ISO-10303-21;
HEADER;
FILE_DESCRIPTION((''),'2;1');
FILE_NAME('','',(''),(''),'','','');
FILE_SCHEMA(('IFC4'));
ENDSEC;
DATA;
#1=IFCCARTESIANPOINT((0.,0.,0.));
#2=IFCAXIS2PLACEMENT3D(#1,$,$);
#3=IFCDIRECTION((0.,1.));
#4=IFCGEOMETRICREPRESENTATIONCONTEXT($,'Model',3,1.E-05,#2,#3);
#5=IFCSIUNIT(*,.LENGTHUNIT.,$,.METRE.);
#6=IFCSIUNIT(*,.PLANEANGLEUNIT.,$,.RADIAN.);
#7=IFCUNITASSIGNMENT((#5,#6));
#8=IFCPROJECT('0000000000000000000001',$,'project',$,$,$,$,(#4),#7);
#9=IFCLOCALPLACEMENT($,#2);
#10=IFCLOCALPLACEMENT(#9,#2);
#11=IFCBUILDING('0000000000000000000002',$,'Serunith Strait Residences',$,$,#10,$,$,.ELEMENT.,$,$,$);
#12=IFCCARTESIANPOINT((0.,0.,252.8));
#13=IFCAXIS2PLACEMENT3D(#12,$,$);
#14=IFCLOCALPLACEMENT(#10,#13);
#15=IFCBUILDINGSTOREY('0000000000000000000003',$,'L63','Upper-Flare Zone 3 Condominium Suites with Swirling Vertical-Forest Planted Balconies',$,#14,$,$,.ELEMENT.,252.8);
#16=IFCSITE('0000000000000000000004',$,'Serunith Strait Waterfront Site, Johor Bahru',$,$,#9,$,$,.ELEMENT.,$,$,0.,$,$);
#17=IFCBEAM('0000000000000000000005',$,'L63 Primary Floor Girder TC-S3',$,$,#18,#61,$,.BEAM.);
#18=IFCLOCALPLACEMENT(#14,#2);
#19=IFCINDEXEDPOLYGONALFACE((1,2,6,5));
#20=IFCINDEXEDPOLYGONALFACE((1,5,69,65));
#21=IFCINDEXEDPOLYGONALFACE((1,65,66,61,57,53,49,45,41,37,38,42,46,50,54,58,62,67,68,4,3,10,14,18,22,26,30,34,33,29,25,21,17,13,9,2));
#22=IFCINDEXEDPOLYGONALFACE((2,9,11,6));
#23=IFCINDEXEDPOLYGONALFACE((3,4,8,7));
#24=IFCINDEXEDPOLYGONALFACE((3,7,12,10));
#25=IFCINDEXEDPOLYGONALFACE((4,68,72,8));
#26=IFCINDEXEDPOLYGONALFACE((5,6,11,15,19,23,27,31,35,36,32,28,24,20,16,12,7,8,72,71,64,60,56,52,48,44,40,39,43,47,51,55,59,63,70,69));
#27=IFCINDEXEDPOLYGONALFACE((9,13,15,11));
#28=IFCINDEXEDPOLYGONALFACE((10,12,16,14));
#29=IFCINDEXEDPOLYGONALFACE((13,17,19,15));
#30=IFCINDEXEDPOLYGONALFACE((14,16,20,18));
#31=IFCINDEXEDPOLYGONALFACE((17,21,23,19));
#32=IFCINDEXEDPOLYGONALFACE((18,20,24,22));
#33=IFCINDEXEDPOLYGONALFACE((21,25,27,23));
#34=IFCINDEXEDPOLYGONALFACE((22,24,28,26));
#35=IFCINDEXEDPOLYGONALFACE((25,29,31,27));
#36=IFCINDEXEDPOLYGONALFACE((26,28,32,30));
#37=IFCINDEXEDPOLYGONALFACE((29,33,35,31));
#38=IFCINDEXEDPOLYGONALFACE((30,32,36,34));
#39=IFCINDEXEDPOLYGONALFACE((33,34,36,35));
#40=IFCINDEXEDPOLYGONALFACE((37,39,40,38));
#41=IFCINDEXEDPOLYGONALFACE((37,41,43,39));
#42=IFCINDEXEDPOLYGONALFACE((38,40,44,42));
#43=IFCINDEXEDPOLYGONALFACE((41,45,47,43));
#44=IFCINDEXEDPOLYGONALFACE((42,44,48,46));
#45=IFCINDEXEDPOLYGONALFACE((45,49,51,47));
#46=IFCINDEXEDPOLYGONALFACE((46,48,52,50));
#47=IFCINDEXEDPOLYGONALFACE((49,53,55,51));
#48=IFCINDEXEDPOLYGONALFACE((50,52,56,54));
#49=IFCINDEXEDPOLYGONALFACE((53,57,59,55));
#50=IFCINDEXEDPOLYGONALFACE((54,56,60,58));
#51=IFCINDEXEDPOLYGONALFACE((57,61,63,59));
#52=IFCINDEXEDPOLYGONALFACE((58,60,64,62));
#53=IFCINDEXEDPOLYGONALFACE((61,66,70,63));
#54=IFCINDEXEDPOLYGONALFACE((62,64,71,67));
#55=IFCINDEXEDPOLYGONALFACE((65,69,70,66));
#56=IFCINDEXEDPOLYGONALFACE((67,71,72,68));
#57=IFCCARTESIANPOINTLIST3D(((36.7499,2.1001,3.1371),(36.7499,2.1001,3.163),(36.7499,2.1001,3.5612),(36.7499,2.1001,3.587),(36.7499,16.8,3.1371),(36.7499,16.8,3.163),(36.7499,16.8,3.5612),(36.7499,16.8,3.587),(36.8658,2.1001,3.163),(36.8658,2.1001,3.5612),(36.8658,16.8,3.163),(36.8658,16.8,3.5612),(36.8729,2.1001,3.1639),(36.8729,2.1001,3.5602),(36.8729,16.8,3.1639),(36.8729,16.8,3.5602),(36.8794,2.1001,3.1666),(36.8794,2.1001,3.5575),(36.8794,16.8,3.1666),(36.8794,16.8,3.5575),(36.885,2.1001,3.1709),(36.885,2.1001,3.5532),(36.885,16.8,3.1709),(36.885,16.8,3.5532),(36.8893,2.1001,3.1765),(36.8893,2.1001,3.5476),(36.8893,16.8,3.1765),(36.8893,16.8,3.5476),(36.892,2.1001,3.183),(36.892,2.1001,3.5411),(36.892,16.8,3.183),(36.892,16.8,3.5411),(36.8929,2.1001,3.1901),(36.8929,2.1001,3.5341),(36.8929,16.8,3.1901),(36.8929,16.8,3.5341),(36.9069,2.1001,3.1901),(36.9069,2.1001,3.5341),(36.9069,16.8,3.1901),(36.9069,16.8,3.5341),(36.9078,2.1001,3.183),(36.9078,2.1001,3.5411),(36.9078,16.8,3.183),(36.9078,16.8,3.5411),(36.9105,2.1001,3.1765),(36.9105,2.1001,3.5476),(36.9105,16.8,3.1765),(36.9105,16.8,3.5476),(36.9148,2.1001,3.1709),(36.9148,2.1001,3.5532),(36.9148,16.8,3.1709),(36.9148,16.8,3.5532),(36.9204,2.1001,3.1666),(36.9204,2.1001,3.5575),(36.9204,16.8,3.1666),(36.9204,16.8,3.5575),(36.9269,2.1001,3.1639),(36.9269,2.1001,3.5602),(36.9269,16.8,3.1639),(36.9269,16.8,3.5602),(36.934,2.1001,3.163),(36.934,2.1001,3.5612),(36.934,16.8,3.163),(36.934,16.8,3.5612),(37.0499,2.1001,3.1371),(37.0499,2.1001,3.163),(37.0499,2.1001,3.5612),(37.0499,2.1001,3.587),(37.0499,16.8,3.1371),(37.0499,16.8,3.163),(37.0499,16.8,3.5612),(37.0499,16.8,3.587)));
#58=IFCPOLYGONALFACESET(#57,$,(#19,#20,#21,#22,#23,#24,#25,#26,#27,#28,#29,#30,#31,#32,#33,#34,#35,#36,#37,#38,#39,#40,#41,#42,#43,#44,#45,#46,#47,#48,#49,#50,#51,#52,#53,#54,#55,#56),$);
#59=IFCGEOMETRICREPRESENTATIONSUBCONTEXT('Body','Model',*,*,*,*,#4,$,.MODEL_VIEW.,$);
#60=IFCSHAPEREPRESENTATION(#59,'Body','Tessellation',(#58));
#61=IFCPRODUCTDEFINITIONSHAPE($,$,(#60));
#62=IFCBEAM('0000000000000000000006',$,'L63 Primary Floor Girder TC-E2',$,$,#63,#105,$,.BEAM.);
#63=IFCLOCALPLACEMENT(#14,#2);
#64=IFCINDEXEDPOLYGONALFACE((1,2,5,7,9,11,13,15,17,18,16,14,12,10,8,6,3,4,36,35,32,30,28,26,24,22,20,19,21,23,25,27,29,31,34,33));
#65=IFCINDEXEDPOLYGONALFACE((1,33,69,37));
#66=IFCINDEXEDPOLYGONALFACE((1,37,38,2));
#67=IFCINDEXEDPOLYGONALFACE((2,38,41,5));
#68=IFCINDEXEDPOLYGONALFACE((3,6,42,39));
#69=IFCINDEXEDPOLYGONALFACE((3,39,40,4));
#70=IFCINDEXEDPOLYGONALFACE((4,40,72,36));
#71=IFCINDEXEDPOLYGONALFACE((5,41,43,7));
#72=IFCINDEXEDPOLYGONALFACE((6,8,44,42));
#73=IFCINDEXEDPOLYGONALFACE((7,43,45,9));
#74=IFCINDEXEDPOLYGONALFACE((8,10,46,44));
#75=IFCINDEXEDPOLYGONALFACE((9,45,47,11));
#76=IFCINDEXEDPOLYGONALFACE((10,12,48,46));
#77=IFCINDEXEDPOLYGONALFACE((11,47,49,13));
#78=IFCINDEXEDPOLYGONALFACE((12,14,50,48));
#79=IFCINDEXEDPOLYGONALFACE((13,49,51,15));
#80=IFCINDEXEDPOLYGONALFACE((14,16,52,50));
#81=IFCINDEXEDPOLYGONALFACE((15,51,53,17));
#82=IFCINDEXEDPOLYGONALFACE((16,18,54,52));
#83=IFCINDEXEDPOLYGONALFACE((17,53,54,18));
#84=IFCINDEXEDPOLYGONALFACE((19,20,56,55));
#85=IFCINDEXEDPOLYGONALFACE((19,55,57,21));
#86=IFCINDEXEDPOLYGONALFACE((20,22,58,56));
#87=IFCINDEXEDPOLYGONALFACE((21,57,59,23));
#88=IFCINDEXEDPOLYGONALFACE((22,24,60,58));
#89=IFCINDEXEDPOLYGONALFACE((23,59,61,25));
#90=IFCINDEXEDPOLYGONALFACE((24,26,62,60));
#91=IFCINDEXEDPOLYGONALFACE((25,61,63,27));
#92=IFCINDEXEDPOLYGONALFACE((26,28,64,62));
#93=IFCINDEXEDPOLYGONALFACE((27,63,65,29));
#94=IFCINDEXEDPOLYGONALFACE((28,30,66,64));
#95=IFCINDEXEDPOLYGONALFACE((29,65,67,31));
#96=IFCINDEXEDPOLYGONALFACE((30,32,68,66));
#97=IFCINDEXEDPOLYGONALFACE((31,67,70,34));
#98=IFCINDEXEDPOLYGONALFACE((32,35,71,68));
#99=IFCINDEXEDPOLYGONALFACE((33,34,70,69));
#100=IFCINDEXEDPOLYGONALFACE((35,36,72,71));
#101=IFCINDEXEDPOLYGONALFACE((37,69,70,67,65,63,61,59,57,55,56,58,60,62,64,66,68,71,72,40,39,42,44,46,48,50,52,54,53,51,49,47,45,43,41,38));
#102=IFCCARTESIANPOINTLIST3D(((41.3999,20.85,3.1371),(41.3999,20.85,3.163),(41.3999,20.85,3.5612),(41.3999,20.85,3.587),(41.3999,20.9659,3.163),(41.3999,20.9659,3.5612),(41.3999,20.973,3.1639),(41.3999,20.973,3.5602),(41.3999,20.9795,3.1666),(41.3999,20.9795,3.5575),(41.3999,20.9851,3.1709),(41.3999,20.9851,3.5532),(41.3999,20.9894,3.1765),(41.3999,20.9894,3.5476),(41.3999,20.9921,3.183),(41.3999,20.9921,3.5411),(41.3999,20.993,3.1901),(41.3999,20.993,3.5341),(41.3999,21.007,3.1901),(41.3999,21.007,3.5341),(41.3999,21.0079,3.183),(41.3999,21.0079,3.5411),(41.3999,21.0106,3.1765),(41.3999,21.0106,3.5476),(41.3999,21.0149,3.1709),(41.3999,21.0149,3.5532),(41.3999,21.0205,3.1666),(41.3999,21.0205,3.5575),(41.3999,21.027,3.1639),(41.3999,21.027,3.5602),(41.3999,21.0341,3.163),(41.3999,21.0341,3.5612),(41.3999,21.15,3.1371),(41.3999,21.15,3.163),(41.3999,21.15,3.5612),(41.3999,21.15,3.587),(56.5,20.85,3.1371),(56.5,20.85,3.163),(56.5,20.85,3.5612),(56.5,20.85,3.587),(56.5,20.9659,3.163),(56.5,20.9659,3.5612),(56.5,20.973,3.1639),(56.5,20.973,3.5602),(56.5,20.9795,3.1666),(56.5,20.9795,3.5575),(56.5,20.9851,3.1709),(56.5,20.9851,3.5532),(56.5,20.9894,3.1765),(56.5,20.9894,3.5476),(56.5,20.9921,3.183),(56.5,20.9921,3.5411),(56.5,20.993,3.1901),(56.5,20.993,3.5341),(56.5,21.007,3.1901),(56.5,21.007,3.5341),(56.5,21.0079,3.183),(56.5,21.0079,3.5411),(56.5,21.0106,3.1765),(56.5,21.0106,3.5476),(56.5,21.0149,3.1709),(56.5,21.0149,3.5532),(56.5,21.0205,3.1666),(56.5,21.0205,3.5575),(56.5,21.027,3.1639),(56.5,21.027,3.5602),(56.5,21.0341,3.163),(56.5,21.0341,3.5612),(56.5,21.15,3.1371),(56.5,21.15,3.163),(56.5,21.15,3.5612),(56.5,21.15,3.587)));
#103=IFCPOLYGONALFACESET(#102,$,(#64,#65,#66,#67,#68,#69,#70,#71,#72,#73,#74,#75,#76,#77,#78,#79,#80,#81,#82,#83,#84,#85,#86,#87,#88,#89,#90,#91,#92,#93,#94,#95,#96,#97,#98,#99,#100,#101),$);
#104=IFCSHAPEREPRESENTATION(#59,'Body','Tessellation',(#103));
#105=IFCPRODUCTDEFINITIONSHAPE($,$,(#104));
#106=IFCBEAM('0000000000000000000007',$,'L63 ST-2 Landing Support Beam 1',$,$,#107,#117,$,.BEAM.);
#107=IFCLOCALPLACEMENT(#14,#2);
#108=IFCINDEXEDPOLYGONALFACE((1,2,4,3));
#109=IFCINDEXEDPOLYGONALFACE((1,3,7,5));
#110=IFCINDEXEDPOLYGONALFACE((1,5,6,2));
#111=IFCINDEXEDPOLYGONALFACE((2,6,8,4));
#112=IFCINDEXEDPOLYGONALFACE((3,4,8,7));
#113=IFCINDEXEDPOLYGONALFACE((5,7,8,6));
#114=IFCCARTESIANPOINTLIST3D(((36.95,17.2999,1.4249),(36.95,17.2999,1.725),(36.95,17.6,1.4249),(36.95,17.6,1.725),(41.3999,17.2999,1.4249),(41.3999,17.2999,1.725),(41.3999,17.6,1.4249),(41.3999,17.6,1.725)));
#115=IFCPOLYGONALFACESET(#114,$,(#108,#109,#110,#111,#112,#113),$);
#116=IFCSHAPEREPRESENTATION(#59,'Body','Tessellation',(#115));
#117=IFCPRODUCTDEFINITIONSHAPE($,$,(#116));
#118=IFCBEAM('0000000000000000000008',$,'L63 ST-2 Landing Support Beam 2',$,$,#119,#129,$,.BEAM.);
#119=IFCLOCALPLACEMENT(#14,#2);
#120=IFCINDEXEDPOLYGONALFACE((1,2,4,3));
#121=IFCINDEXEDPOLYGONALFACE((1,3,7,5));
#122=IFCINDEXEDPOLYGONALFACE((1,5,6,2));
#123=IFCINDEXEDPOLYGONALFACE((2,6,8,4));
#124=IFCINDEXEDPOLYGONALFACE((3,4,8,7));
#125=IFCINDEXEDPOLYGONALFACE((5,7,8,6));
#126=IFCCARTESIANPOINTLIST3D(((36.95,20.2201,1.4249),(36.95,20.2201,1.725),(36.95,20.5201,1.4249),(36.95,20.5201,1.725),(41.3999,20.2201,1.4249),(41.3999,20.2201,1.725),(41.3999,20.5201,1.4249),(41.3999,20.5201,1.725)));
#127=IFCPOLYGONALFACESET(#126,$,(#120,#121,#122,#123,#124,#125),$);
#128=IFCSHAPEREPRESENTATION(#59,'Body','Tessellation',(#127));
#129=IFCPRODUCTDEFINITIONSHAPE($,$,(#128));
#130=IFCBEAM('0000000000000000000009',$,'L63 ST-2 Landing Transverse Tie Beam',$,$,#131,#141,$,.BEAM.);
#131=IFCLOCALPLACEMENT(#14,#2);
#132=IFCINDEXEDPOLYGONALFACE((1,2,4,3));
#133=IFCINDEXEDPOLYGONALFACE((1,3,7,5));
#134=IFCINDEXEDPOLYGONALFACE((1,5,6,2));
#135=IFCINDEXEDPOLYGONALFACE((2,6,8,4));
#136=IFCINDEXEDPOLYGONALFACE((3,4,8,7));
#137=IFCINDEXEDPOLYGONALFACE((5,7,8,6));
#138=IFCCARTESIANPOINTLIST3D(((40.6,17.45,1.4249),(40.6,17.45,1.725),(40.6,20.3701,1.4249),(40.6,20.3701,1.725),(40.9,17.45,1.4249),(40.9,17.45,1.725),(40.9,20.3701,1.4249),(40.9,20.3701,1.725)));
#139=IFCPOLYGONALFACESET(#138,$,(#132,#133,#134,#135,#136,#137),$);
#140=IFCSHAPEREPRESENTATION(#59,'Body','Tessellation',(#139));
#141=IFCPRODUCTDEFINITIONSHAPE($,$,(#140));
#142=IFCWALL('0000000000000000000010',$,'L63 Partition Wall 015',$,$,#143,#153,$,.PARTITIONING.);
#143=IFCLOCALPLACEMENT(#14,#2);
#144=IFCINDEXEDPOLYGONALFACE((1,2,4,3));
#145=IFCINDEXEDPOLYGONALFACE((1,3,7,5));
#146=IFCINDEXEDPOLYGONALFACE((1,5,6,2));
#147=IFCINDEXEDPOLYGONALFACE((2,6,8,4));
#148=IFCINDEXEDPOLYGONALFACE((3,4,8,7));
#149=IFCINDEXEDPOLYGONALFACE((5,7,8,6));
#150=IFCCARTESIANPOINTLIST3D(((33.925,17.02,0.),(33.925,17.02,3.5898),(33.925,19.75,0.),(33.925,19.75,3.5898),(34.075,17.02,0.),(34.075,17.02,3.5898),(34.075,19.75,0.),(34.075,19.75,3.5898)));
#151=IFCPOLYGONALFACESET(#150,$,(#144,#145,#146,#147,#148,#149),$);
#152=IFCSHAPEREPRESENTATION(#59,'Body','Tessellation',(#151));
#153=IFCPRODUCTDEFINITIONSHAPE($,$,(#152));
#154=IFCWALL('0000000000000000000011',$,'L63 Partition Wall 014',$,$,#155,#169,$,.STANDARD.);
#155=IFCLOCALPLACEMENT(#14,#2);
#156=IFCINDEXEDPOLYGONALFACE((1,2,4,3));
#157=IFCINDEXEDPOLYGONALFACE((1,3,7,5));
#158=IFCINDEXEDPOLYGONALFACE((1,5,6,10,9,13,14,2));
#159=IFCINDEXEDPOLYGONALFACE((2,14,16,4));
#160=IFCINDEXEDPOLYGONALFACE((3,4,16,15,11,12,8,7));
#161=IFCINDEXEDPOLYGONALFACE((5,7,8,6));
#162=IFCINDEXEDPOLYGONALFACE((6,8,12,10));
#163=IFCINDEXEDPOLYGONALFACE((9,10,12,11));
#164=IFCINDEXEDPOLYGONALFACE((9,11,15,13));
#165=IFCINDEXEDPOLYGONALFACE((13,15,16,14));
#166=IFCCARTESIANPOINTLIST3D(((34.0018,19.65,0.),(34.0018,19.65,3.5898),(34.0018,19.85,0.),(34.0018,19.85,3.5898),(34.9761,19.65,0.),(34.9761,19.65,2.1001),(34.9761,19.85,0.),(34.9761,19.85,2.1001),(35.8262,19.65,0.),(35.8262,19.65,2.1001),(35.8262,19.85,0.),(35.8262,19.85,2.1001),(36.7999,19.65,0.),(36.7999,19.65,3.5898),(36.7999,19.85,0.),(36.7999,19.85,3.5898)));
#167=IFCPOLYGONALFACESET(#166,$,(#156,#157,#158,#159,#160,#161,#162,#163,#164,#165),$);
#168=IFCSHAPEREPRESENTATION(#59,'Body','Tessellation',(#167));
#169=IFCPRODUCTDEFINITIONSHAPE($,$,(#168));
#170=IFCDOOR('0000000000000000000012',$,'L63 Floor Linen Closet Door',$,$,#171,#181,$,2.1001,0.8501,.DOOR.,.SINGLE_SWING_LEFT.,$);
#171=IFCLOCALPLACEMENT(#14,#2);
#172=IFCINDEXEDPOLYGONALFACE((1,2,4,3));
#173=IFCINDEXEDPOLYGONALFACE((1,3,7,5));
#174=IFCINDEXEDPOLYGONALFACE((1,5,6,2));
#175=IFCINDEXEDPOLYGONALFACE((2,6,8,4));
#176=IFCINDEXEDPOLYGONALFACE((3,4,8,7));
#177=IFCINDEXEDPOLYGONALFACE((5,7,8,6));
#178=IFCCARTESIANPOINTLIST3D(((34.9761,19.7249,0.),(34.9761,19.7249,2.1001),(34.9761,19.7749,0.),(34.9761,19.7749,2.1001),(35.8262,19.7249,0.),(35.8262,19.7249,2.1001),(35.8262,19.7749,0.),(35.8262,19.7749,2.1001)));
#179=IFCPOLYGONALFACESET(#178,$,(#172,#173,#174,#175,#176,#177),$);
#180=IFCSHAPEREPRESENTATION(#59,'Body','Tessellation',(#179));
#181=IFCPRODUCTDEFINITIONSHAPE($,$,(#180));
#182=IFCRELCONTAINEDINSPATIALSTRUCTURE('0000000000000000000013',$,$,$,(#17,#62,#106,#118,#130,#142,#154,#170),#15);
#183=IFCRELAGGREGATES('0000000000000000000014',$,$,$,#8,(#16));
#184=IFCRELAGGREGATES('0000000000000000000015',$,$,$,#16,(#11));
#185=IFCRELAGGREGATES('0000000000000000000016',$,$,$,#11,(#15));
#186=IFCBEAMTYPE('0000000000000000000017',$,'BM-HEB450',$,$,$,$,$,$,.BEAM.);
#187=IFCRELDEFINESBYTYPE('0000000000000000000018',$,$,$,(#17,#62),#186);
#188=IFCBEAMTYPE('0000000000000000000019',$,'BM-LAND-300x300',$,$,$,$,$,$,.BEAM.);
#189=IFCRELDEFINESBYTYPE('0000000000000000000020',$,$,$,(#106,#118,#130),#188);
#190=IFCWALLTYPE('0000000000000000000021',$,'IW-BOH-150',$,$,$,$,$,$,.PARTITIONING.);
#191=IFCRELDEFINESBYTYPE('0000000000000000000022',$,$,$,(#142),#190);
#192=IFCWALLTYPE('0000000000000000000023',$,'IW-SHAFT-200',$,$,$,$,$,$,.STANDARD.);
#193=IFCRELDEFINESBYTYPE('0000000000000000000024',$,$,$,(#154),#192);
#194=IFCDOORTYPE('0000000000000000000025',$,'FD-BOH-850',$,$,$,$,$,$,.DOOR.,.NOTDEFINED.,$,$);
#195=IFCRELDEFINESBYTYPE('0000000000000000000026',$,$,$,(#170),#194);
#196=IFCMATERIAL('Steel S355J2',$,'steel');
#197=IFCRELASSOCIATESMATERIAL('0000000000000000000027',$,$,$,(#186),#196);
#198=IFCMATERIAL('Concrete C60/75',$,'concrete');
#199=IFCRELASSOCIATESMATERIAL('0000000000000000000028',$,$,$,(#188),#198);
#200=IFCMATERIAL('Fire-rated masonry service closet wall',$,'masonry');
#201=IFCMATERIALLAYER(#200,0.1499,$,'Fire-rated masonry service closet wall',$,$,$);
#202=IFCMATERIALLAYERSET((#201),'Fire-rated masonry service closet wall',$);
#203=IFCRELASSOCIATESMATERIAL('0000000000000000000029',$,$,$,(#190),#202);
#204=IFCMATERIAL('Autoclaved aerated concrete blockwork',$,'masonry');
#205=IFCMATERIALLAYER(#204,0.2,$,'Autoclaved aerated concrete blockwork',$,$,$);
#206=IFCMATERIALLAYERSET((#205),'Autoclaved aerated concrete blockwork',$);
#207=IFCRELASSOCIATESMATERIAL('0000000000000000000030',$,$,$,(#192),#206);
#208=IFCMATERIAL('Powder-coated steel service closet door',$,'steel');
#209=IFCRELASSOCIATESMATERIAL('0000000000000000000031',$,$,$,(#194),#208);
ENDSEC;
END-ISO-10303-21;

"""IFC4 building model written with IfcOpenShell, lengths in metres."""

from ifc_helpers import new_model, si_unit, direction, frame, frame_2d, origin, origin_2d, place, context, subcontext, project, spatial, rectangle, i_section, extrude, source, transform, mapped, material, layer, layer_set, material_profile, profile_set, type_object, element, fill, save


model = new_model("IFC4")

# Units and contexts
model_context = context("Model", 3, precision=1e-05, world=origin(), true_north=direction((0.0, 1.0)))
body_context = subcontext(model_context, "Body", "Model", "MODEL_VIEW")
ifc_project = project(units=[si_unit("LENGTHUNIT", "METRE"), si_unit("PLANEANGLEUNIT", "RADIAN")], contexts=[model_context])

# Site, building, storey
site_placement = place(None, origin())
site = spatial("IfcSite", under=ifc_project, at=site_placement, Name="Serunith Strait Waterfront Site, Johor Bahru", CompositionType="ELEMENT", RefElevation=0.0)
building_placement = place(site_placement, origin())
building = spatial("IfcBuilding", under=site, at=building_placement, Name="Serunith Strait Residences", CompositionType="ELEMENT")
storey_placement = place(building_placement, frame((0.0, 0.0, 252.8)))
storey = spatial("IfcBuildingStorey", under=building, at=storey_placement, Name="L63", Description="Upper-Flare Zone 3 Condominium Suites with Swirling Vertical-Forest Planted Balconies", CompositionType="ELEMENT", Elevation=252.8)

# Beams
ifc_material_1 = material(Name="Steel S355J2", Category="steel")
ifc_material_profile_1 = material_profile(ifc_material_1, i_section(OverallWidth=0.3, OverallDepth=0.45, WebThickness=0.0139, FlangeThickness=0.0259, FilletRadius=0.0271, at=origin_2d()), Name="HEB 450")
ifc_profile_set_1 = profile_set([ifc_material_profile_1], Name="Steel S355J2")
beam_type_1 = type_object("IfcBeamType", Name="BM-HEB450", PredefinedType="BEAM", material=ifc_profile_set_1)
shared_shape_1 = source(origin(), body_context, "Body", "SweptSolid", [
    extrude(i_section(OverallWidth=0.3, OverallDepth=0.45, WebThickness=0.0139, FlangeThickness=0.0259, FilletRadius=0.0271, at=origin_2d()), origin(), (0.0, 0.0, 1.0), 14.7),
])
beam_1_placement = place(storey_placement, frame((36.8999, 16.8, 3.3621), z_axis=(0.0, -1.0, 0.0), x_axis=(1.0, 0.0, 0.0)))
element("IfcBeam", 1, at=beam_1_placement, inside=storey, type_object=beam_type_1, Name="L63 Primary Floor Girder TC-S3", PredefinedType="BEAM", context=body_context, shape_type="MappedRepresentation", body=[
    mapped(shared_shape_1, transform((0.0, 0.0, 0.0), scale=1.0)),
])
shared_shape_2 = source(origin(), body_context, "Body", "SweptSolid", [
    extrude(i_section(OverallWidth=0.3, OverallDepth=0.45, WebThickness=0.0139, FlangeThickness=0.0259, FilletRadius=0.0271, at=origin_2d()), origin(), (0.0, 0.0, 1.0), 15.1001),
])
beam_2_placement = place(storey_placement, frame((41.3999, 21.0, 3.3621), z_axis=(1.0, 0.0, 0.0), x_axis=(0.0, 1.0, 0.0)))
element("IfcBeam", 2, at=beam_2_placement, inside=storey, type_object=beam_type_1, Name="L63 Primary Floor Girder TC-E2", PredefinedType="BEAM", context=body_context, shape_type="MappedRepresentation", body=[
    mapped(shared_shape_2, transform((0.0, 0.0, 0.0), scale=1.0)),
])
ifc_material_2 = material(Name="Concrete C60/75", Category="concrete")
ifc_material_profile_2 = material_profile(ifc_material_2, rectangle(XDim=0.3, YDim=0.3, at=origin_2d()), Name="RC 300x300")
ifc_profile_set_2 = profile_set([ifc_material_profile_2], Name="Concrete C60/75")
beam_type_2 = type_object("IfcBeamType", Name="BM-LAND-300x300", PredefinedType="BEAM", material=ifc_profile_set_2)
shared_shape_3 = source(origin(), body_context, "Body", "SweptSolid", [
    extrude(rectangle(XDim=0.3, YDim=0.3, at=origin_2d()), origin(), (0.0, 0.0, 1.0), 4.45),
])
for number, where, z_axis, x_axis, name in (
    (3, (36.95, 17.45, 1.575), (1.0, 0.0, 0.0), (0.0, 1.0, 0.0), "L63 ST-2 Landing Support Beam 1"),
    (4, (36.95, 20.3701, 1.575), (1.0, 0.0, 0.0), (0.0, 1.0, 0.0), "L63 ST-2 Landing Support Beam 2"),
):
    element("IfcBeam", number, at=place(storey_placement, frame(where, z_axis=z_axis, x_axis=x_axis)), inside=storey, type_object=beam_type_2, Name=name, PredefinedType="BEAM", context=body_context, shape_type="MappedRepresentation", body=[
        mapped(shared_shape_3, transform((0.0, 0.0, 0.0), scale=1.0)),
    ])
shared_shape_4 = source(origin(), body_context, "Body", "SweptSolid", [
    extrude(rectangle(XDim=0.3, YDim=0.3, at=origin_2d()), origin(), (0.0, 0.0, 1.0), 2.9202),
])
beam_3_placement = place(storey_placement, frame((40.75, 17.45, 1.575), z_axis=(0.0, 1.0, 0.0), x_axis=(-1.0, 0.0, 0.0)))
element("IfcBeam", 5, at=beam_3_placement, inside=storey, type_object=beam_type_2, Name="L63 ST-2 Landing Transverse Tie Beam", PredefinedType="BEAM", context=body_context, shape_type="MappedRepresentation", body=[
    mapped(shared_shape_4, transform((0.0, 0.0, 0.0), scale=1.0)),
])

# Wall
ifc_material_3 = material(Name="Fire-rated masonry service closet wall", Category="masonry")
ifc_layer_1 = layer(ifc_material_3, 0.1499, Name="Fire-rated masonry service closet wall")
ifc_layer_set_1 = layer_set([ifc_layer_1], Name="Fire-rated masonry service closet wall")
wall_type_1 = type_object("IfcWallType", Name="IW-BOH-150", PredefinedType="PARTITIONING", material=ifc_layer_set_1)
wall_1_placement = place(storey_placement, frame((34.0, 17.02, 0.0), z_axis=(0.0, 0.0, 1.0), x_axis=(0.0, 1.0, 0.0)))
element("IfcWall", 6, at=wall_1_placement, inside=storey, type_object=wall_type_1, Name="L63 Partition Wall 015", PredefinedType="PARTITIONING", context=body_context, shape_type="SweptSolid", body=[
    extrude(rectangle(XDim=2.73, YDim=0.1499, at=frame_2d((1.365, 0.0))), origin(), (0.0, 0.0, 1.0), 3.5898),
])

# Wall, opening, door
ifc_material_4 = material(Name="Autoclaved aerated concrete blockwork", Category="masonry")
ifc_layer_2 = layer(ifc_material_4, 0.2, Name="Autoclaved aerated concrete blockwork")
ifc_layer_set_2 = layer_set([ifc_layer_2], Name="Autoclaved aerated concrete blockwork")
wall_type_2 = type_object("IfcWallType", Name="IW-SHAFT-200", PredefinedType="STANDARD", material=ifc_layer_set_2)
wall_2_placement = place(storey_placement, frame((34.002, 19.75, 0.0), z_axis=(0.0, 0.0, 1.0), x_axis=(1.0, 0.0, 0.0)))
wall_2 = element("IfcWall", 7, at=wall_2_placement, inside=storey, type_object=wall_type_2, Name="L63 Partition Wall 014", PredefinedType="STANDARD", context=body_context, shape_type="SweptSolid", body=[
    extrude(rectangle(XDim=2.7981, YDim=0.2, at=frame_2d((1.3989, 0.0))), origin(), (0.0, 0.0, 1.0), 3.5898),
])
opening_1_placement = place(wall_2_placement, frame((0.9741, 0.0, 0.0)))
opening_1 = element("IfcOpeningElement", 8, at=opening_1_placement, cuts=wall_2, PredefinedType="OPENING", context=body_context, shape_type="SweptSolid", body=[
    extrude(rectangle(XDim=0.8501, YDim=2.1001, at=frame_2d((0.425, 1.05))), frame((0.0, 0.1099, 0.0), z_axis=(0.0, -1.0, 0.0), x_axis=(1.0, 0.0, 0.0)), (0.0, 0.0, 1.0), 0.22),
])
ifc_material_5 = material(Name="Powder-coated steel service closet door", Category="steel")
door_type_1 = type_object("IfcDoorType", Name="FD-BOH-850", OperationType="NOTDEFINED", PredefinedType="DOOR", material=ifc_material_5)
shared_shape_5 = source(origin(), body_context, "Body", "SweptSolid", [
    extrude(rectangle(XDim=0.8501, YDim=2.1001, at=frame_2d((0.425, 1.05))), frame((0.0, 0.0249, 0.0), z_axis=(0.0, -1.0, 0.0), x_axis=(1.0, 0.0, 0.0)), (0.0, 0.0, 1.0), 0.05),
])
door_1_placement = place(opening_1_placement, origin())
door_1 = element("IfcDoor", 9, at=door_1_placement, inside=storey, type_object=door_type_1, Name="L63 Floor Linen Closet Door", OperationType="SINGLE_SWING_LEFT", OverallHeight=2.1001, OverallWidth=0.8501, PredefinedType="DOOR", context=body_context, shape_type="MappedRepresentation", body=[
    mapped(shared_shape_5, transform((0.0, 0.0, 0.0), scale=1.0)),
])
fill(opening_1, door_1)

save(model, "model.ifc")
